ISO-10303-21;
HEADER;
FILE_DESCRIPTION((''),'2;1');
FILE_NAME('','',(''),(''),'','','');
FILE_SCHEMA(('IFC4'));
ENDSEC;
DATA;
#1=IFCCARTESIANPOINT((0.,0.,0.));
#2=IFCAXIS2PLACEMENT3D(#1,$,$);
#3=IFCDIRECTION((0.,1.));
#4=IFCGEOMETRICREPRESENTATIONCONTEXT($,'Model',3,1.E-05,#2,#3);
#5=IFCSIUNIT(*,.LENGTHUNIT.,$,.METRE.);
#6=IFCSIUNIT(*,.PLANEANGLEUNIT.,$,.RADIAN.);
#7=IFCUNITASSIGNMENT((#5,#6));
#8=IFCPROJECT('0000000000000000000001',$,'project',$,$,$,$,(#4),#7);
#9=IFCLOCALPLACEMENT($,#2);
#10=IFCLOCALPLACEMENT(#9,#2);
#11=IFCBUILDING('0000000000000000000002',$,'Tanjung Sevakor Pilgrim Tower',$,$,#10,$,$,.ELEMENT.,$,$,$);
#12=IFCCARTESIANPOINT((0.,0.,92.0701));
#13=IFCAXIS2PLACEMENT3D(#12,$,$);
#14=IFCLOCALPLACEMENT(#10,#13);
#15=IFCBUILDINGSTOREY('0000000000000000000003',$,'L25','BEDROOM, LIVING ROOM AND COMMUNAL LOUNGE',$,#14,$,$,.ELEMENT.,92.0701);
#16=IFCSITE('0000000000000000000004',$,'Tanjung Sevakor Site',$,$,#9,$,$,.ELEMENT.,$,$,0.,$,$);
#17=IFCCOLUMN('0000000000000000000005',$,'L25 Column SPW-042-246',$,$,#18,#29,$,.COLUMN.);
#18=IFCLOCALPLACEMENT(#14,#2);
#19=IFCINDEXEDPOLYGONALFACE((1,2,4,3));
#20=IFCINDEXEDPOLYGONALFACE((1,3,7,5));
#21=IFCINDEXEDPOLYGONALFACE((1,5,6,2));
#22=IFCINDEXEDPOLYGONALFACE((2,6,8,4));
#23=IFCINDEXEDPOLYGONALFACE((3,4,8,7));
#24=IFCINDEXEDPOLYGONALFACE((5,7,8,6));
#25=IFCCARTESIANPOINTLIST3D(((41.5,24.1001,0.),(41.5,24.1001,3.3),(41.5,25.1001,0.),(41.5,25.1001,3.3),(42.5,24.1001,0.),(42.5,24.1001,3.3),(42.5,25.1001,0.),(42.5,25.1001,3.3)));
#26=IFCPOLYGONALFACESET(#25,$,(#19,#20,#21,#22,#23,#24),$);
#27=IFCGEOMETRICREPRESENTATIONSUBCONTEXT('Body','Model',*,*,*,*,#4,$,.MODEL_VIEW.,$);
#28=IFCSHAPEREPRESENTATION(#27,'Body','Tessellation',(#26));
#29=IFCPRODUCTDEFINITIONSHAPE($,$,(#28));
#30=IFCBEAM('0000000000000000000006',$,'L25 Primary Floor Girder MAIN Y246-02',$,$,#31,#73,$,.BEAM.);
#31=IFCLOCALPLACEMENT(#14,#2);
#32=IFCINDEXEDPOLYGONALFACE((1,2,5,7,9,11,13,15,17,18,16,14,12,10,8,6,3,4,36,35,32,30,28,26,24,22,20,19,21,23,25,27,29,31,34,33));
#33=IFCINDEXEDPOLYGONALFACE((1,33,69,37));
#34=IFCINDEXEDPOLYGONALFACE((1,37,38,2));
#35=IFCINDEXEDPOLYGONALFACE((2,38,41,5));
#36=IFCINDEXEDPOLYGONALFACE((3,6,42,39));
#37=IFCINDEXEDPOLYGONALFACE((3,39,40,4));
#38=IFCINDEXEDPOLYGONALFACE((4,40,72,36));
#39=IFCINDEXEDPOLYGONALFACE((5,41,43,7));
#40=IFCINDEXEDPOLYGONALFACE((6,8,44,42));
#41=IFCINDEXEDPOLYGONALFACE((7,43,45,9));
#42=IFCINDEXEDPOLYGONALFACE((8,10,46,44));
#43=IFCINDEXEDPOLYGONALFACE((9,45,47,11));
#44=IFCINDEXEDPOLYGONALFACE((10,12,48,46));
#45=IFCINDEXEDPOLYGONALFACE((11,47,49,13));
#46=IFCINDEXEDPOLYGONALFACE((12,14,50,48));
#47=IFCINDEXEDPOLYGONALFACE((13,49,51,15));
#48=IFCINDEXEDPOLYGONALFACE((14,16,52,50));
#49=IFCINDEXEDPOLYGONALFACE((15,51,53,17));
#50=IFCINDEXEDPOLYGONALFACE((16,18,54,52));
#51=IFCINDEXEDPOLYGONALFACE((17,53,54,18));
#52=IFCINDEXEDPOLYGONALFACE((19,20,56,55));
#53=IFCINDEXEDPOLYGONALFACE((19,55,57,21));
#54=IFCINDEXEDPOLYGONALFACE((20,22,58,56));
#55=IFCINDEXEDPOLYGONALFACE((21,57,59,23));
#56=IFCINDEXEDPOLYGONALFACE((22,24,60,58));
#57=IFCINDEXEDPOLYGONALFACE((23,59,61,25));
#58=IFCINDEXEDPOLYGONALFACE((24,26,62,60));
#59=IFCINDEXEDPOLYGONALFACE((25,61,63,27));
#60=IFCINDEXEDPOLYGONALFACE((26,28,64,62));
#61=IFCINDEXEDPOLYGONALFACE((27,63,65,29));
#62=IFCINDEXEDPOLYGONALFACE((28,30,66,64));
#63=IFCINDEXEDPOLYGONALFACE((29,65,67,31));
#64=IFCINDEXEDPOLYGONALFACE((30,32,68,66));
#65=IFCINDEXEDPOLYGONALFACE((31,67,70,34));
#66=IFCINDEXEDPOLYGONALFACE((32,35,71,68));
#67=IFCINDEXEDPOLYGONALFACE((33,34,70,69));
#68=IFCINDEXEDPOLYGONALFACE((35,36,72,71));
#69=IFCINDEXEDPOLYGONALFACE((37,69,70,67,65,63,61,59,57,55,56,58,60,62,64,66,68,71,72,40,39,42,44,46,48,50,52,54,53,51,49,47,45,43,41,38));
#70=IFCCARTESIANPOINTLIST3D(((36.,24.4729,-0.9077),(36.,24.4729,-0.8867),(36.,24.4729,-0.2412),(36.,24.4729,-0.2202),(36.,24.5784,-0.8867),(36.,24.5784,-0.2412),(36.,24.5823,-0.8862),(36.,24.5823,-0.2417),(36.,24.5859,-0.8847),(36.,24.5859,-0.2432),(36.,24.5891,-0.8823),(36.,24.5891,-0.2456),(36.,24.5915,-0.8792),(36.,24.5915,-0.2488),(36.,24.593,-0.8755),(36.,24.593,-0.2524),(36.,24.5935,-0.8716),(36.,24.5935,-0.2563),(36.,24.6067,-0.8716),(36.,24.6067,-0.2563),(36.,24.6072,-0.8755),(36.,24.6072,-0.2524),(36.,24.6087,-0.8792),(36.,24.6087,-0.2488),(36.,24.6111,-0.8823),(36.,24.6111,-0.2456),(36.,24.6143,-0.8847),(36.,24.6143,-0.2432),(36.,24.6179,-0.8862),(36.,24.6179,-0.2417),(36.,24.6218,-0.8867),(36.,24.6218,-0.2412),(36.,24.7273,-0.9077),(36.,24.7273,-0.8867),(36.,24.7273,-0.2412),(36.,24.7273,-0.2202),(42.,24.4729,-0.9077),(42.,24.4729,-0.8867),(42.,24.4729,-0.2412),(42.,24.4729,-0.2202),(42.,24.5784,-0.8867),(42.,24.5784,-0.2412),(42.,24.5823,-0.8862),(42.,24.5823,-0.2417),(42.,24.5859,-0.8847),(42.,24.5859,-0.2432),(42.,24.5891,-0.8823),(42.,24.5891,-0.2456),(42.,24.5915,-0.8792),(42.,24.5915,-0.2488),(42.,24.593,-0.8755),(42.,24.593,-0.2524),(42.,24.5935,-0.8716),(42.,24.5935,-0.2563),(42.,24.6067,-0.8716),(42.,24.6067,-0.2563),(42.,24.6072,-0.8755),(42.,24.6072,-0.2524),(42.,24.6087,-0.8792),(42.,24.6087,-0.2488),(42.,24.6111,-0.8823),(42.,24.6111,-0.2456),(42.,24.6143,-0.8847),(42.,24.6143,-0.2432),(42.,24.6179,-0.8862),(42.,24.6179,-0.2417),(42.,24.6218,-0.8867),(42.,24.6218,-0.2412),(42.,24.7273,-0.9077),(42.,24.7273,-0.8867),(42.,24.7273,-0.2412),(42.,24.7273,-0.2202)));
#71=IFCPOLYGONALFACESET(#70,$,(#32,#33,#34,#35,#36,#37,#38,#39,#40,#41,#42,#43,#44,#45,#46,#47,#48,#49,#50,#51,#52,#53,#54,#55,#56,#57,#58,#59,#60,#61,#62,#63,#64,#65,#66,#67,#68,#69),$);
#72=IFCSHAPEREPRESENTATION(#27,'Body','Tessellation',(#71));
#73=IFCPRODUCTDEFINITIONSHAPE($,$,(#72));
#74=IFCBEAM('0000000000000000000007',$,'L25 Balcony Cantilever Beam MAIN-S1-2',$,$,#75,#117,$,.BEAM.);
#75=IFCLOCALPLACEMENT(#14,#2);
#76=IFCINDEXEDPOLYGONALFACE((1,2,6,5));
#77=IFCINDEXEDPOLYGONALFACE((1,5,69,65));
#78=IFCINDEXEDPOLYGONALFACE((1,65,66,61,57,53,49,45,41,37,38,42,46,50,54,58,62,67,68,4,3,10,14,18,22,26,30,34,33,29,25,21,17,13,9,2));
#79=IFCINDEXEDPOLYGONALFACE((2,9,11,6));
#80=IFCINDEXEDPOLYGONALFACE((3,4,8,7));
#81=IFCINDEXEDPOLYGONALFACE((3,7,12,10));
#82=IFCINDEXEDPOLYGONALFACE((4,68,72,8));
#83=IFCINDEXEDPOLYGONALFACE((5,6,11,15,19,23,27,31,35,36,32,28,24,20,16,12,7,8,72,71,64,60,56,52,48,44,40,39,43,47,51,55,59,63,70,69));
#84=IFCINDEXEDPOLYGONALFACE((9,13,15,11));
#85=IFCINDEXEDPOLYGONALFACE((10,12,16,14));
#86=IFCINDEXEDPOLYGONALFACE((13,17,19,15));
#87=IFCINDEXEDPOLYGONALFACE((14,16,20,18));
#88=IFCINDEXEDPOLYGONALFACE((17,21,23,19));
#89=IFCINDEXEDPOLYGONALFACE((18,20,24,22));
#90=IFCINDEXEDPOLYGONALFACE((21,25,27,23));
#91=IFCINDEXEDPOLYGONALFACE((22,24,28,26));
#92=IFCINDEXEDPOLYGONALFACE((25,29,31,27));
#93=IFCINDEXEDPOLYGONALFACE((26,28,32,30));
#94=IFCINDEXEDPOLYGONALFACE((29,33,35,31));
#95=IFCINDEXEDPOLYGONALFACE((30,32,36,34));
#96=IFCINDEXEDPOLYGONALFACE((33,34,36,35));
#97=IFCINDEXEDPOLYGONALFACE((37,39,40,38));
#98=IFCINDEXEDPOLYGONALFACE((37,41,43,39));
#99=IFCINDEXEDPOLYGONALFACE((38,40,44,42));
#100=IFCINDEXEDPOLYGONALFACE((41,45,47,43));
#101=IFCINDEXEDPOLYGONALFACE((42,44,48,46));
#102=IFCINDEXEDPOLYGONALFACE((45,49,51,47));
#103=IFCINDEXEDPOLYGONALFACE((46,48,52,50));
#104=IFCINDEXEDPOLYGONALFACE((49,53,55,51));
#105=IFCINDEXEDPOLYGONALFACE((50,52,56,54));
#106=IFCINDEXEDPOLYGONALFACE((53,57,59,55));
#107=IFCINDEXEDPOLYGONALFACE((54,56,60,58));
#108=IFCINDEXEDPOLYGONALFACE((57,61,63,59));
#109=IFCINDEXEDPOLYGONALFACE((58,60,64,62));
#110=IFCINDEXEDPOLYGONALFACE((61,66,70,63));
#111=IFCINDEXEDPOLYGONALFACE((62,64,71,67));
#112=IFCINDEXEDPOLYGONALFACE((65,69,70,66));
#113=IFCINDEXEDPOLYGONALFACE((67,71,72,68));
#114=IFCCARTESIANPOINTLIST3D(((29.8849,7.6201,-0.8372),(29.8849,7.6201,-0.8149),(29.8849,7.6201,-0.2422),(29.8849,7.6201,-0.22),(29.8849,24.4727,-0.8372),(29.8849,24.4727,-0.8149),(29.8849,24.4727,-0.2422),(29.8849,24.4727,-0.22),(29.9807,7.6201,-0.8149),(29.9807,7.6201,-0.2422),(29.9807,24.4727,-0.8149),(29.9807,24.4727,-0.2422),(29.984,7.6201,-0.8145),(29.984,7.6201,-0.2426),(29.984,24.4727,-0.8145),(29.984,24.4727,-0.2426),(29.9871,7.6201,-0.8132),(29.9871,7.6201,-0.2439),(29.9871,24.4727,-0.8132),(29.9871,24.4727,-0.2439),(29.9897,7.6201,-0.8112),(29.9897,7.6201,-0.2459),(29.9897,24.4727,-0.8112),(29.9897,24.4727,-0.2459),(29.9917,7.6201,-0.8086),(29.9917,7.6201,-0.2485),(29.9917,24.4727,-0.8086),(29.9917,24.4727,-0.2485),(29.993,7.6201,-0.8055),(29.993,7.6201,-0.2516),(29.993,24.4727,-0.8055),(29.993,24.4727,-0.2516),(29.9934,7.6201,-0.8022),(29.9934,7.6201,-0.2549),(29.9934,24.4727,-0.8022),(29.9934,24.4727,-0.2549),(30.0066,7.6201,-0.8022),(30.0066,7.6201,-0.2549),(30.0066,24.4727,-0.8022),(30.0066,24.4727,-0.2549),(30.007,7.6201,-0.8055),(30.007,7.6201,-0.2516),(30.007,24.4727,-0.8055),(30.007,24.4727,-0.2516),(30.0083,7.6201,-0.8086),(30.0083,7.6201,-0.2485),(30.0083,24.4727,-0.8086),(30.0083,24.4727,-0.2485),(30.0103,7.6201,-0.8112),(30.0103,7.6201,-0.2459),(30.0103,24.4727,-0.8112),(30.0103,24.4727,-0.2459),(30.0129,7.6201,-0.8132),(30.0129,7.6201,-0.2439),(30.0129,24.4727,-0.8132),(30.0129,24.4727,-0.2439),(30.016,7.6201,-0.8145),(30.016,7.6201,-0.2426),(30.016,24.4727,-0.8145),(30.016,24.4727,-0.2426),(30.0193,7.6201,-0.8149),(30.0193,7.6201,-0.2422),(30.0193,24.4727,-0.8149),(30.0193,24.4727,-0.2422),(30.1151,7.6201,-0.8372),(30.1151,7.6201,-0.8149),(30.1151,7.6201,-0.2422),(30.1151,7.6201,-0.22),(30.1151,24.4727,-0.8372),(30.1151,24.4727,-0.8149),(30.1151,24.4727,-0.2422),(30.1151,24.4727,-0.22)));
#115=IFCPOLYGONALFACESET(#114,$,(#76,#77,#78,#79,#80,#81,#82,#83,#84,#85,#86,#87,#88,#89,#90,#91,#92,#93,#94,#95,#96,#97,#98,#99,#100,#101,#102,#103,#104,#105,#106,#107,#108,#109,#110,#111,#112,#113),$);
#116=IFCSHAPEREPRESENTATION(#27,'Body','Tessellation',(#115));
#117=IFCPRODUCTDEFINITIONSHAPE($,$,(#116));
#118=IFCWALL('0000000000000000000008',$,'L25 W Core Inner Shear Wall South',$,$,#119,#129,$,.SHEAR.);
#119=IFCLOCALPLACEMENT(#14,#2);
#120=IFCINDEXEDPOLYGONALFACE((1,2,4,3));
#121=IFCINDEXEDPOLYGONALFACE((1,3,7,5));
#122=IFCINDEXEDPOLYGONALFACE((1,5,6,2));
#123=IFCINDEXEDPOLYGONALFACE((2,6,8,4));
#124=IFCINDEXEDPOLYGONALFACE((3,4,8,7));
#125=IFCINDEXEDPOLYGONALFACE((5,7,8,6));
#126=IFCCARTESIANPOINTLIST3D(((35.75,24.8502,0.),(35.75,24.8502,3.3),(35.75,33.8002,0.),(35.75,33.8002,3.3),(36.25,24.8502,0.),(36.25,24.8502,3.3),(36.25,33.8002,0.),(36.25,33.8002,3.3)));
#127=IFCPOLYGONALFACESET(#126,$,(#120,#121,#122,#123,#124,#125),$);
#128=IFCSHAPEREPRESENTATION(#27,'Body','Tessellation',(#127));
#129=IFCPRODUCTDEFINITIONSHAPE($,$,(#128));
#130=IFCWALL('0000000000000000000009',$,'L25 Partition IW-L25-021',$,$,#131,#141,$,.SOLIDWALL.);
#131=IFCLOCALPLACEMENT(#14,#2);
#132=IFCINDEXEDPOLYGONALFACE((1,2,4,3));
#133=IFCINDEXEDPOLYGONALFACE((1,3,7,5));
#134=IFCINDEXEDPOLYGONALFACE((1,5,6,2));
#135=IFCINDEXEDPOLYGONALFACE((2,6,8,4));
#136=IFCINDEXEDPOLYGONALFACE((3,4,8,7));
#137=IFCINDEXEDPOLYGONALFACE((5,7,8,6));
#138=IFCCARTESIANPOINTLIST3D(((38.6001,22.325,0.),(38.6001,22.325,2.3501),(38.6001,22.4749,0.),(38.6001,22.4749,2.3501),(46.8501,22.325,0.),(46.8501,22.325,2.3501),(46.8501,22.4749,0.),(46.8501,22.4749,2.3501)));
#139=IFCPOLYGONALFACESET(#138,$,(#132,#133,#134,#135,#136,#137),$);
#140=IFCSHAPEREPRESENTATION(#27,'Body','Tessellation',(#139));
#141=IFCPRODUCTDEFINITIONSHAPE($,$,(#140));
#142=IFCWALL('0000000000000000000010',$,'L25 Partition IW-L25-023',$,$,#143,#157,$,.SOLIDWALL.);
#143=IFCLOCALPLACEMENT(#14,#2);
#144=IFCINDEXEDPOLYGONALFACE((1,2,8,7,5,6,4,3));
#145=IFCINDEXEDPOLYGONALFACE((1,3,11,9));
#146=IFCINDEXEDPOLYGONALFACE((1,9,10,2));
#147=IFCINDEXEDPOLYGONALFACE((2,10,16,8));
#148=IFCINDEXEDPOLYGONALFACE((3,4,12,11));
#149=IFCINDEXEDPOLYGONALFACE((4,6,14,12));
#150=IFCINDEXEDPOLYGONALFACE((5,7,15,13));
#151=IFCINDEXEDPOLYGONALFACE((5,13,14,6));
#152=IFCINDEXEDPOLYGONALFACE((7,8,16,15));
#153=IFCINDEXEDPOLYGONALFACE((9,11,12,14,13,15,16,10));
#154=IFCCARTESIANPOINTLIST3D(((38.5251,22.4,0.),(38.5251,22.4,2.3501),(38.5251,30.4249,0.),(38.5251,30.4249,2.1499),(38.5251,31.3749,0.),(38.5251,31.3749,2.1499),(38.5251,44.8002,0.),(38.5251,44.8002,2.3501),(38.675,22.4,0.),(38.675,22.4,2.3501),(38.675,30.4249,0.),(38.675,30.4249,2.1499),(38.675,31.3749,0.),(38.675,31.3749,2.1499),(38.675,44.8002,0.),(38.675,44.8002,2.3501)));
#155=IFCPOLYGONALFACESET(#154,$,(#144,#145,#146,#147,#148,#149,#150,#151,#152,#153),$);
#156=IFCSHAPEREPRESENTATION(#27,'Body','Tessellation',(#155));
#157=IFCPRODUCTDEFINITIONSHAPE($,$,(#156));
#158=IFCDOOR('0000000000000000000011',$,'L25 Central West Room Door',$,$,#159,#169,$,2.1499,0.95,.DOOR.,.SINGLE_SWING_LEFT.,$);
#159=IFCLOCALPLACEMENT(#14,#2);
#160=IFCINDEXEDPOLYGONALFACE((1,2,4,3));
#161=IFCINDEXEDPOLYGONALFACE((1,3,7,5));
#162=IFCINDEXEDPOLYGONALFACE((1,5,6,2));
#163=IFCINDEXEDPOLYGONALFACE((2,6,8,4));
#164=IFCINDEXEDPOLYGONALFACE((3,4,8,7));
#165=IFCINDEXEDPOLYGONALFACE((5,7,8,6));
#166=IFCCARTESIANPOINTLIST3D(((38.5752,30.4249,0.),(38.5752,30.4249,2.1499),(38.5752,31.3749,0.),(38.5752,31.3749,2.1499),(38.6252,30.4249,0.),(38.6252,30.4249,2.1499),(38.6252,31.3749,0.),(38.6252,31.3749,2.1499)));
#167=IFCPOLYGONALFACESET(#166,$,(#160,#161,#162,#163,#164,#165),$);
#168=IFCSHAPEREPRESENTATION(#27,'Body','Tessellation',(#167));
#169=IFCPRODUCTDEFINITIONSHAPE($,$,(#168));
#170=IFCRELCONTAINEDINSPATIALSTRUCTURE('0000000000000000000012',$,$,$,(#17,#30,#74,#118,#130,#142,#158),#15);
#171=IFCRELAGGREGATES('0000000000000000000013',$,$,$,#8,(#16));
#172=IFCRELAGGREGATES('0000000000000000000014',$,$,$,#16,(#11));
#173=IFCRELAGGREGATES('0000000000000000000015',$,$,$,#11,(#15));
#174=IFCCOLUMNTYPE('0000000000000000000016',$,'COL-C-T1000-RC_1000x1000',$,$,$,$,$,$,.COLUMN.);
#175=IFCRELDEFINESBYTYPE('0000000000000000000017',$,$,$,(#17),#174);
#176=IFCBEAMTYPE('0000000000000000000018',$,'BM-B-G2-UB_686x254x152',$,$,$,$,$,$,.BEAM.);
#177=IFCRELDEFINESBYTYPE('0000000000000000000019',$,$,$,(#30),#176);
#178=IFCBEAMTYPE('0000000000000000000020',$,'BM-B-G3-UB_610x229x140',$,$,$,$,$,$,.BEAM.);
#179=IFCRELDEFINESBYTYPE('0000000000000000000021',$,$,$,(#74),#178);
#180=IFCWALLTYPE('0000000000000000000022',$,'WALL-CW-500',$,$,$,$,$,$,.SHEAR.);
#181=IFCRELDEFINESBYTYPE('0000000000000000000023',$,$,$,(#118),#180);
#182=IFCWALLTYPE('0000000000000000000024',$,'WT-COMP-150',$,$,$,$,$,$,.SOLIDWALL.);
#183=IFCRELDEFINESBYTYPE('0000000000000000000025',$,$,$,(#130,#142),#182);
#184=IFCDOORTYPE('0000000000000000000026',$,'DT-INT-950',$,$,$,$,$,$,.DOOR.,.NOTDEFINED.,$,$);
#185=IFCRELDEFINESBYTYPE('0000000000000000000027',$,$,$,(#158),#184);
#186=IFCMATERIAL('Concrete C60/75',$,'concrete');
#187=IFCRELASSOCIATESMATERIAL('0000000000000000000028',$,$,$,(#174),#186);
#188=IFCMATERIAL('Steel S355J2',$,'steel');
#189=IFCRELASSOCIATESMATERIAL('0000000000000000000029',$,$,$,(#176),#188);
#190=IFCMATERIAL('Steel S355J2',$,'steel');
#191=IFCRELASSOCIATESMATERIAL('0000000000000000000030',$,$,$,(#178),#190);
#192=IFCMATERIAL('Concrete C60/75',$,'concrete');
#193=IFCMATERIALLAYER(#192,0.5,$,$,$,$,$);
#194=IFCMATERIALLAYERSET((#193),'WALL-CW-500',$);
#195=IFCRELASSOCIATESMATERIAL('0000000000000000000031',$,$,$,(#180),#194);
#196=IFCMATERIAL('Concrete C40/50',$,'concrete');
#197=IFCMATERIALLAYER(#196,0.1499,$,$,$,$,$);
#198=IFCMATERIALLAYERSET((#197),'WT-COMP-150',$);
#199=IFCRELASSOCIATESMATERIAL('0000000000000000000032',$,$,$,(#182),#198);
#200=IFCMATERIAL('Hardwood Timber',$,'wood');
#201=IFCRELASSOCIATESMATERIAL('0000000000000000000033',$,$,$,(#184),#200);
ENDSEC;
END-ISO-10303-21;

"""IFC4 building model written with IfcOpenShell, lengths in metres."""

from ifc_helpers import new_model, si_unit, direction, frame, frame_2d, origin, origin_2d, place, context, subcontext, project, spatial, rectangle, i_section, extrude, material, layer, layer_set, material_profile, profile_set, type_object, element, fill, save


model = new_model("IFC4")

# Units and contexts
model_context = context("Model", 3, precision=1e-05, world=origin(), true_north=direction((0.0, 1.0)))
body_context = subcontext(model_context, "Body", "Model", "MODEL_VIEW")
ifc_project = project(units=[si_unit("LENGTHUNIT", "METRE"), si_unit("PLANEANGLEUNIT", "RADIAN")], contexts=[model_context])

# Site, building, storey
site_placement = place(None, origin())
site = spatial("IfcSite", under=ifc_project, at=site_placement, Name="Tanjung Sevakor Site", CompositionType="ELEMENT", RefElevation=0.0)
building_placement = place(site_placement, origin())
building = spatial("IfcBuilding", under=site, at=building_placement, Name="Tanjung Sevakor Pilgrim Tower", CompositionType="ELEMENT")
storey_placement = place(building_placement, frame((0.0, 0.0, 92.0701)))
storey = spatial("IfcBuildingStorey", under=building, at=storey_placement, Name="L25", Description="BEDROOM, LIVING ROOM AND COMMUNAL LOUNGE", CompositionType="ELEMENT", Elevation=92.0701)

# Column
ifc_material_1 = material(Name="Concrete C60/75", Category="concrete")
ifc_material_profile_1 = material_profile(ifc_material_1, rectangle(XDim=1.0, YDim=1.0, at=origin_2d()))
ifc_profile_set_1 = profile_set([ifc_material_profile_1], Name="Concrete C60/75")
column_type = type_object("IfcColumnType", Name="COL-C-T1000-RC_1000x1000", PredefinedType="COLUMN", material=ifc_profile_set_1)
column_placement = place(storey_placement, frame((42.0, 24.6001, 0.0), z_axis=(0.0, 0.0, 1.0), x_axis=(1.0, 0.0, 0.0)))
element("IfcColumn", 1, at=column_placement, inside=storey, type_object=column_type, Name="L25 Column SPW-042-246", PredefinedType="COLUMN", context=body_context, shape_type="SweptSolid", body=[
    extrude(rectangle(XDim=1.0, YDim=1.0, at=origin_2d()), origin(), (0.0, 0.0, 1.0), 3.3),
])

# Beams
ifc_material_2 = material(Name="Steel S355J2", Category="steel")
ifc_material_profile_2 = material_profile(ifc_material_2, i_section(OverallWidth=0.2544, OverallDepth=0.6875, WebThickness=0.0132, FlangeThickness=0.021, FilletRadius=0.0151, at=origin_2d()))
ifc_profile_set_2 = profile_set([ifc_material_profile_2], Name="Steel S355J2")
beam_type_1 = type_object("IfcBeamType", Name="BM-B-G2-UB_686x254x152", PredefinedType="BEAM", material=ifc_profile_set_2)
beam_1_placement = place(storey_placement, frame((36.0, 24.6001, -0.564), z_axis=(1.0, 0.0, 0.0), x_axis=(0.0, 1.0, 0.0)))
element("IfcBeam", 2, at=beam_1_placement, inside=storey, type_object=beam_type_1, Name="L25 Primary Floor Girder MAIN Y246-02", PredefinedType="BEAM", context=body_context, shape_type="SweptSolid", body=[
    extrude(i_section(OverallWidth=0.2544, OverallDepth=0.6875, WebThickness=0.0132, FlangeThickness=0.021, FilletRadius=0.0151, at=origin_2d()), origin(), (0.0, 0.0, 1.0), 6.0),
])
ifc_material_3 = material(Name="Steel S355J2", Category="steel")
ifc_material_profile_3 = material_profile(ifc_material_3, i_section(OverallWidth=0.2302, OverallDepth=0.6172, WebThickness=0.0132, FlangeThickness=0.0222, FilletRadius=0.0127, at=origin_2d()))
ifc_profile_set_3 = profile_set([ifc_material_profile_3], Name="Steel S355J2")
beam_type_2 = type_object("IfcBeamType", Name="BM-B-G3-UB_610x229x140", PredefinedType="BEAM", material=ifc_profile_set_3)
beam_2_placement = place(storey_placement, frame((30.0, 24.4727, -0.5286), z_axis=(0.0, -1.0, 0.0), x_axis=(1.0, 0.0, 0.0)))
element("IfcBeam", 3, at=beam_2_placement, inside=storey, type_object=beam_type_2, Name="L25 Balcony Cantilever Beam MAIN-S1-2", PredefinedType="BEAM", context=body_context, shape_type="SweptSolid", body=[
    extrude(i_section(OverallWidth=0.2302, OverallDepth=0.6172, WebThickness=0.0132, FlangeThickness=0.0222, FilletRadius=0.0127, at=origin_2d()), origin(), (0.0, 0.0, 1.0), 16.8525),
])

# Walls
ifc_material_4 = material(Name="Concrete C60/75", Category="concrete")
ifc_layer_1 = layer(ifc_material_4, 0.5)
ifc_layer_set_1 = layer_set([ifc_layer_1], Name="WALL-CW-500")
wall_type_1 = type_object("IfcWallType", Name="WALL-CW-500", PredefinedType="SHEAR", material=ifc_layer_set_1)
wall_1_placement = place(storey_placement, frame((36.0, 24.8501, 0.0), z_axis=(0.0, 0.0, 1.0), x_axis=(0.0, 1.0, 0.0)))
element("IfcWall", 4, at=wall_1_placement, inside=storey, type_object=wall_type_1, Name="L25 W Core Inner Shear Wall South", PredefinedType="SHEAR", context=body_context, shape_type="SweptSolid", body=[
    extrude(rectangle(XDim=8.95, YDim=0.5, at=frame_2d((4.4751, 0.0))), origin(), (0.0, 0.0, 1.0), 3.3),
])
ifc_material_5 = material(Name="Concrete C40/50", Category="concrete")
ifc_layer_2 = layer(ifc_material_5, 0.1499)
ifc_layer_set_2 = layer_set([ifc_layer_2], Name="WT-COMP-150")
wall_type_2 = type_object("IfcWallType", Name="WT-COMP-150", PredefinedType="SOLIDWALL", material=ifc_layer_set_2)
wall_2_placement = place(storey_placement, frame((38.6001, 22.3999, 0.0), z_axis=(0.0, 0.0, 1.0), x_axis=(1.0, 0.0, 0.0)))
element("IfcWall", 5, at=wall_2_placement, inside=storey, type_object=wall_type_2, Name="L25 Partition IW-L25-021", PredefinedType="SOLIDWALL", context=body_context, shape_type="SweptSolid", body=[
    extrude(rectangle(XDim=8.25, YDim=0.1499, at=frame_2d((4.125, 0.0))), origin(), (0.0, 0.0, 1.0), 2.3501),
])

# Wall, opening, door
wall_3_placement = place(storey_placement, frame((38.6001, 22.3999, 0.0), z_axis=(0.0, 0.0, 1.0), x_axis=(0.0, 1.0, 0.0)))
wall_3 = element("IfcWall", 6, at=wall_3_placement, inside=storey, type_object=wall_type_2, Name="L25 Partition IW-L25-023", PredefinedType="SOLIDWALL", context=body_context, shape_type="SweptSolid", body=[
    extrude(rectangle(XDim=22.4001, YDim=0.1499, at=frame_2d((11.2002, 0.0))), origin(), (0.0, 0.0, 1.0), 2.3501),
])
opening_1_placement = place(wall_3_placement, frame((8.0249, 0.0, 0.0)))
opening_1 = element("IfcOpeningElement", 7, at=opening_1_placement, cuts=wall_3, PredefinedType="OPENING", context=body_context, shape_type="SweptSolid", body=[
    extrude(rectangle(XDim=0.95, YDim=2.1499, at=frame_2d((0.4751, 1.075))), frame((0.0, 0.085, 0.0), z_axis=(0.0, -1.0, 0.0), x_axis=(1.0, 0.0, 0.0)), (0.0, 0.0, 1.0), 0.1699),
])
ifc_material_6 = material(Name="Hardwood Timber", Category="wood")
door_type_1 = type_object("IfcDoorType", Name="DT-INT-950", OperationType="NOTDEFINED", PredefinedType="DOOR", material=ifc_material_6)
door_1_placement = place(opening_1_placement, origin())
door_1 = element("IfcDoor", 8, at=door_1_placement, inside=storey, type_object=door_type_1, Name="L25 Central West Room Door", OperationType="SINGLE_SWING_LEFT", OverallHeight=2.1499, OverallWidth=0.95, PredefinedType="DOOR", context=body_context, shape_type="SweptSolid", body=[
    extrude(rectangle(XDim=0.95, YDim=2.1499, at=frame_2d((0.4751, 1.075))), frame((0.0, 0.0249, 0.0), z_axis=(0.0, -1.0, 0.0), x_axis=(1.0, 0.0, 0.0)), (0.0, 0.0, 1.0), 0.05),
])
fill(opening_1, door_1)

save(model, "model.ifc")
